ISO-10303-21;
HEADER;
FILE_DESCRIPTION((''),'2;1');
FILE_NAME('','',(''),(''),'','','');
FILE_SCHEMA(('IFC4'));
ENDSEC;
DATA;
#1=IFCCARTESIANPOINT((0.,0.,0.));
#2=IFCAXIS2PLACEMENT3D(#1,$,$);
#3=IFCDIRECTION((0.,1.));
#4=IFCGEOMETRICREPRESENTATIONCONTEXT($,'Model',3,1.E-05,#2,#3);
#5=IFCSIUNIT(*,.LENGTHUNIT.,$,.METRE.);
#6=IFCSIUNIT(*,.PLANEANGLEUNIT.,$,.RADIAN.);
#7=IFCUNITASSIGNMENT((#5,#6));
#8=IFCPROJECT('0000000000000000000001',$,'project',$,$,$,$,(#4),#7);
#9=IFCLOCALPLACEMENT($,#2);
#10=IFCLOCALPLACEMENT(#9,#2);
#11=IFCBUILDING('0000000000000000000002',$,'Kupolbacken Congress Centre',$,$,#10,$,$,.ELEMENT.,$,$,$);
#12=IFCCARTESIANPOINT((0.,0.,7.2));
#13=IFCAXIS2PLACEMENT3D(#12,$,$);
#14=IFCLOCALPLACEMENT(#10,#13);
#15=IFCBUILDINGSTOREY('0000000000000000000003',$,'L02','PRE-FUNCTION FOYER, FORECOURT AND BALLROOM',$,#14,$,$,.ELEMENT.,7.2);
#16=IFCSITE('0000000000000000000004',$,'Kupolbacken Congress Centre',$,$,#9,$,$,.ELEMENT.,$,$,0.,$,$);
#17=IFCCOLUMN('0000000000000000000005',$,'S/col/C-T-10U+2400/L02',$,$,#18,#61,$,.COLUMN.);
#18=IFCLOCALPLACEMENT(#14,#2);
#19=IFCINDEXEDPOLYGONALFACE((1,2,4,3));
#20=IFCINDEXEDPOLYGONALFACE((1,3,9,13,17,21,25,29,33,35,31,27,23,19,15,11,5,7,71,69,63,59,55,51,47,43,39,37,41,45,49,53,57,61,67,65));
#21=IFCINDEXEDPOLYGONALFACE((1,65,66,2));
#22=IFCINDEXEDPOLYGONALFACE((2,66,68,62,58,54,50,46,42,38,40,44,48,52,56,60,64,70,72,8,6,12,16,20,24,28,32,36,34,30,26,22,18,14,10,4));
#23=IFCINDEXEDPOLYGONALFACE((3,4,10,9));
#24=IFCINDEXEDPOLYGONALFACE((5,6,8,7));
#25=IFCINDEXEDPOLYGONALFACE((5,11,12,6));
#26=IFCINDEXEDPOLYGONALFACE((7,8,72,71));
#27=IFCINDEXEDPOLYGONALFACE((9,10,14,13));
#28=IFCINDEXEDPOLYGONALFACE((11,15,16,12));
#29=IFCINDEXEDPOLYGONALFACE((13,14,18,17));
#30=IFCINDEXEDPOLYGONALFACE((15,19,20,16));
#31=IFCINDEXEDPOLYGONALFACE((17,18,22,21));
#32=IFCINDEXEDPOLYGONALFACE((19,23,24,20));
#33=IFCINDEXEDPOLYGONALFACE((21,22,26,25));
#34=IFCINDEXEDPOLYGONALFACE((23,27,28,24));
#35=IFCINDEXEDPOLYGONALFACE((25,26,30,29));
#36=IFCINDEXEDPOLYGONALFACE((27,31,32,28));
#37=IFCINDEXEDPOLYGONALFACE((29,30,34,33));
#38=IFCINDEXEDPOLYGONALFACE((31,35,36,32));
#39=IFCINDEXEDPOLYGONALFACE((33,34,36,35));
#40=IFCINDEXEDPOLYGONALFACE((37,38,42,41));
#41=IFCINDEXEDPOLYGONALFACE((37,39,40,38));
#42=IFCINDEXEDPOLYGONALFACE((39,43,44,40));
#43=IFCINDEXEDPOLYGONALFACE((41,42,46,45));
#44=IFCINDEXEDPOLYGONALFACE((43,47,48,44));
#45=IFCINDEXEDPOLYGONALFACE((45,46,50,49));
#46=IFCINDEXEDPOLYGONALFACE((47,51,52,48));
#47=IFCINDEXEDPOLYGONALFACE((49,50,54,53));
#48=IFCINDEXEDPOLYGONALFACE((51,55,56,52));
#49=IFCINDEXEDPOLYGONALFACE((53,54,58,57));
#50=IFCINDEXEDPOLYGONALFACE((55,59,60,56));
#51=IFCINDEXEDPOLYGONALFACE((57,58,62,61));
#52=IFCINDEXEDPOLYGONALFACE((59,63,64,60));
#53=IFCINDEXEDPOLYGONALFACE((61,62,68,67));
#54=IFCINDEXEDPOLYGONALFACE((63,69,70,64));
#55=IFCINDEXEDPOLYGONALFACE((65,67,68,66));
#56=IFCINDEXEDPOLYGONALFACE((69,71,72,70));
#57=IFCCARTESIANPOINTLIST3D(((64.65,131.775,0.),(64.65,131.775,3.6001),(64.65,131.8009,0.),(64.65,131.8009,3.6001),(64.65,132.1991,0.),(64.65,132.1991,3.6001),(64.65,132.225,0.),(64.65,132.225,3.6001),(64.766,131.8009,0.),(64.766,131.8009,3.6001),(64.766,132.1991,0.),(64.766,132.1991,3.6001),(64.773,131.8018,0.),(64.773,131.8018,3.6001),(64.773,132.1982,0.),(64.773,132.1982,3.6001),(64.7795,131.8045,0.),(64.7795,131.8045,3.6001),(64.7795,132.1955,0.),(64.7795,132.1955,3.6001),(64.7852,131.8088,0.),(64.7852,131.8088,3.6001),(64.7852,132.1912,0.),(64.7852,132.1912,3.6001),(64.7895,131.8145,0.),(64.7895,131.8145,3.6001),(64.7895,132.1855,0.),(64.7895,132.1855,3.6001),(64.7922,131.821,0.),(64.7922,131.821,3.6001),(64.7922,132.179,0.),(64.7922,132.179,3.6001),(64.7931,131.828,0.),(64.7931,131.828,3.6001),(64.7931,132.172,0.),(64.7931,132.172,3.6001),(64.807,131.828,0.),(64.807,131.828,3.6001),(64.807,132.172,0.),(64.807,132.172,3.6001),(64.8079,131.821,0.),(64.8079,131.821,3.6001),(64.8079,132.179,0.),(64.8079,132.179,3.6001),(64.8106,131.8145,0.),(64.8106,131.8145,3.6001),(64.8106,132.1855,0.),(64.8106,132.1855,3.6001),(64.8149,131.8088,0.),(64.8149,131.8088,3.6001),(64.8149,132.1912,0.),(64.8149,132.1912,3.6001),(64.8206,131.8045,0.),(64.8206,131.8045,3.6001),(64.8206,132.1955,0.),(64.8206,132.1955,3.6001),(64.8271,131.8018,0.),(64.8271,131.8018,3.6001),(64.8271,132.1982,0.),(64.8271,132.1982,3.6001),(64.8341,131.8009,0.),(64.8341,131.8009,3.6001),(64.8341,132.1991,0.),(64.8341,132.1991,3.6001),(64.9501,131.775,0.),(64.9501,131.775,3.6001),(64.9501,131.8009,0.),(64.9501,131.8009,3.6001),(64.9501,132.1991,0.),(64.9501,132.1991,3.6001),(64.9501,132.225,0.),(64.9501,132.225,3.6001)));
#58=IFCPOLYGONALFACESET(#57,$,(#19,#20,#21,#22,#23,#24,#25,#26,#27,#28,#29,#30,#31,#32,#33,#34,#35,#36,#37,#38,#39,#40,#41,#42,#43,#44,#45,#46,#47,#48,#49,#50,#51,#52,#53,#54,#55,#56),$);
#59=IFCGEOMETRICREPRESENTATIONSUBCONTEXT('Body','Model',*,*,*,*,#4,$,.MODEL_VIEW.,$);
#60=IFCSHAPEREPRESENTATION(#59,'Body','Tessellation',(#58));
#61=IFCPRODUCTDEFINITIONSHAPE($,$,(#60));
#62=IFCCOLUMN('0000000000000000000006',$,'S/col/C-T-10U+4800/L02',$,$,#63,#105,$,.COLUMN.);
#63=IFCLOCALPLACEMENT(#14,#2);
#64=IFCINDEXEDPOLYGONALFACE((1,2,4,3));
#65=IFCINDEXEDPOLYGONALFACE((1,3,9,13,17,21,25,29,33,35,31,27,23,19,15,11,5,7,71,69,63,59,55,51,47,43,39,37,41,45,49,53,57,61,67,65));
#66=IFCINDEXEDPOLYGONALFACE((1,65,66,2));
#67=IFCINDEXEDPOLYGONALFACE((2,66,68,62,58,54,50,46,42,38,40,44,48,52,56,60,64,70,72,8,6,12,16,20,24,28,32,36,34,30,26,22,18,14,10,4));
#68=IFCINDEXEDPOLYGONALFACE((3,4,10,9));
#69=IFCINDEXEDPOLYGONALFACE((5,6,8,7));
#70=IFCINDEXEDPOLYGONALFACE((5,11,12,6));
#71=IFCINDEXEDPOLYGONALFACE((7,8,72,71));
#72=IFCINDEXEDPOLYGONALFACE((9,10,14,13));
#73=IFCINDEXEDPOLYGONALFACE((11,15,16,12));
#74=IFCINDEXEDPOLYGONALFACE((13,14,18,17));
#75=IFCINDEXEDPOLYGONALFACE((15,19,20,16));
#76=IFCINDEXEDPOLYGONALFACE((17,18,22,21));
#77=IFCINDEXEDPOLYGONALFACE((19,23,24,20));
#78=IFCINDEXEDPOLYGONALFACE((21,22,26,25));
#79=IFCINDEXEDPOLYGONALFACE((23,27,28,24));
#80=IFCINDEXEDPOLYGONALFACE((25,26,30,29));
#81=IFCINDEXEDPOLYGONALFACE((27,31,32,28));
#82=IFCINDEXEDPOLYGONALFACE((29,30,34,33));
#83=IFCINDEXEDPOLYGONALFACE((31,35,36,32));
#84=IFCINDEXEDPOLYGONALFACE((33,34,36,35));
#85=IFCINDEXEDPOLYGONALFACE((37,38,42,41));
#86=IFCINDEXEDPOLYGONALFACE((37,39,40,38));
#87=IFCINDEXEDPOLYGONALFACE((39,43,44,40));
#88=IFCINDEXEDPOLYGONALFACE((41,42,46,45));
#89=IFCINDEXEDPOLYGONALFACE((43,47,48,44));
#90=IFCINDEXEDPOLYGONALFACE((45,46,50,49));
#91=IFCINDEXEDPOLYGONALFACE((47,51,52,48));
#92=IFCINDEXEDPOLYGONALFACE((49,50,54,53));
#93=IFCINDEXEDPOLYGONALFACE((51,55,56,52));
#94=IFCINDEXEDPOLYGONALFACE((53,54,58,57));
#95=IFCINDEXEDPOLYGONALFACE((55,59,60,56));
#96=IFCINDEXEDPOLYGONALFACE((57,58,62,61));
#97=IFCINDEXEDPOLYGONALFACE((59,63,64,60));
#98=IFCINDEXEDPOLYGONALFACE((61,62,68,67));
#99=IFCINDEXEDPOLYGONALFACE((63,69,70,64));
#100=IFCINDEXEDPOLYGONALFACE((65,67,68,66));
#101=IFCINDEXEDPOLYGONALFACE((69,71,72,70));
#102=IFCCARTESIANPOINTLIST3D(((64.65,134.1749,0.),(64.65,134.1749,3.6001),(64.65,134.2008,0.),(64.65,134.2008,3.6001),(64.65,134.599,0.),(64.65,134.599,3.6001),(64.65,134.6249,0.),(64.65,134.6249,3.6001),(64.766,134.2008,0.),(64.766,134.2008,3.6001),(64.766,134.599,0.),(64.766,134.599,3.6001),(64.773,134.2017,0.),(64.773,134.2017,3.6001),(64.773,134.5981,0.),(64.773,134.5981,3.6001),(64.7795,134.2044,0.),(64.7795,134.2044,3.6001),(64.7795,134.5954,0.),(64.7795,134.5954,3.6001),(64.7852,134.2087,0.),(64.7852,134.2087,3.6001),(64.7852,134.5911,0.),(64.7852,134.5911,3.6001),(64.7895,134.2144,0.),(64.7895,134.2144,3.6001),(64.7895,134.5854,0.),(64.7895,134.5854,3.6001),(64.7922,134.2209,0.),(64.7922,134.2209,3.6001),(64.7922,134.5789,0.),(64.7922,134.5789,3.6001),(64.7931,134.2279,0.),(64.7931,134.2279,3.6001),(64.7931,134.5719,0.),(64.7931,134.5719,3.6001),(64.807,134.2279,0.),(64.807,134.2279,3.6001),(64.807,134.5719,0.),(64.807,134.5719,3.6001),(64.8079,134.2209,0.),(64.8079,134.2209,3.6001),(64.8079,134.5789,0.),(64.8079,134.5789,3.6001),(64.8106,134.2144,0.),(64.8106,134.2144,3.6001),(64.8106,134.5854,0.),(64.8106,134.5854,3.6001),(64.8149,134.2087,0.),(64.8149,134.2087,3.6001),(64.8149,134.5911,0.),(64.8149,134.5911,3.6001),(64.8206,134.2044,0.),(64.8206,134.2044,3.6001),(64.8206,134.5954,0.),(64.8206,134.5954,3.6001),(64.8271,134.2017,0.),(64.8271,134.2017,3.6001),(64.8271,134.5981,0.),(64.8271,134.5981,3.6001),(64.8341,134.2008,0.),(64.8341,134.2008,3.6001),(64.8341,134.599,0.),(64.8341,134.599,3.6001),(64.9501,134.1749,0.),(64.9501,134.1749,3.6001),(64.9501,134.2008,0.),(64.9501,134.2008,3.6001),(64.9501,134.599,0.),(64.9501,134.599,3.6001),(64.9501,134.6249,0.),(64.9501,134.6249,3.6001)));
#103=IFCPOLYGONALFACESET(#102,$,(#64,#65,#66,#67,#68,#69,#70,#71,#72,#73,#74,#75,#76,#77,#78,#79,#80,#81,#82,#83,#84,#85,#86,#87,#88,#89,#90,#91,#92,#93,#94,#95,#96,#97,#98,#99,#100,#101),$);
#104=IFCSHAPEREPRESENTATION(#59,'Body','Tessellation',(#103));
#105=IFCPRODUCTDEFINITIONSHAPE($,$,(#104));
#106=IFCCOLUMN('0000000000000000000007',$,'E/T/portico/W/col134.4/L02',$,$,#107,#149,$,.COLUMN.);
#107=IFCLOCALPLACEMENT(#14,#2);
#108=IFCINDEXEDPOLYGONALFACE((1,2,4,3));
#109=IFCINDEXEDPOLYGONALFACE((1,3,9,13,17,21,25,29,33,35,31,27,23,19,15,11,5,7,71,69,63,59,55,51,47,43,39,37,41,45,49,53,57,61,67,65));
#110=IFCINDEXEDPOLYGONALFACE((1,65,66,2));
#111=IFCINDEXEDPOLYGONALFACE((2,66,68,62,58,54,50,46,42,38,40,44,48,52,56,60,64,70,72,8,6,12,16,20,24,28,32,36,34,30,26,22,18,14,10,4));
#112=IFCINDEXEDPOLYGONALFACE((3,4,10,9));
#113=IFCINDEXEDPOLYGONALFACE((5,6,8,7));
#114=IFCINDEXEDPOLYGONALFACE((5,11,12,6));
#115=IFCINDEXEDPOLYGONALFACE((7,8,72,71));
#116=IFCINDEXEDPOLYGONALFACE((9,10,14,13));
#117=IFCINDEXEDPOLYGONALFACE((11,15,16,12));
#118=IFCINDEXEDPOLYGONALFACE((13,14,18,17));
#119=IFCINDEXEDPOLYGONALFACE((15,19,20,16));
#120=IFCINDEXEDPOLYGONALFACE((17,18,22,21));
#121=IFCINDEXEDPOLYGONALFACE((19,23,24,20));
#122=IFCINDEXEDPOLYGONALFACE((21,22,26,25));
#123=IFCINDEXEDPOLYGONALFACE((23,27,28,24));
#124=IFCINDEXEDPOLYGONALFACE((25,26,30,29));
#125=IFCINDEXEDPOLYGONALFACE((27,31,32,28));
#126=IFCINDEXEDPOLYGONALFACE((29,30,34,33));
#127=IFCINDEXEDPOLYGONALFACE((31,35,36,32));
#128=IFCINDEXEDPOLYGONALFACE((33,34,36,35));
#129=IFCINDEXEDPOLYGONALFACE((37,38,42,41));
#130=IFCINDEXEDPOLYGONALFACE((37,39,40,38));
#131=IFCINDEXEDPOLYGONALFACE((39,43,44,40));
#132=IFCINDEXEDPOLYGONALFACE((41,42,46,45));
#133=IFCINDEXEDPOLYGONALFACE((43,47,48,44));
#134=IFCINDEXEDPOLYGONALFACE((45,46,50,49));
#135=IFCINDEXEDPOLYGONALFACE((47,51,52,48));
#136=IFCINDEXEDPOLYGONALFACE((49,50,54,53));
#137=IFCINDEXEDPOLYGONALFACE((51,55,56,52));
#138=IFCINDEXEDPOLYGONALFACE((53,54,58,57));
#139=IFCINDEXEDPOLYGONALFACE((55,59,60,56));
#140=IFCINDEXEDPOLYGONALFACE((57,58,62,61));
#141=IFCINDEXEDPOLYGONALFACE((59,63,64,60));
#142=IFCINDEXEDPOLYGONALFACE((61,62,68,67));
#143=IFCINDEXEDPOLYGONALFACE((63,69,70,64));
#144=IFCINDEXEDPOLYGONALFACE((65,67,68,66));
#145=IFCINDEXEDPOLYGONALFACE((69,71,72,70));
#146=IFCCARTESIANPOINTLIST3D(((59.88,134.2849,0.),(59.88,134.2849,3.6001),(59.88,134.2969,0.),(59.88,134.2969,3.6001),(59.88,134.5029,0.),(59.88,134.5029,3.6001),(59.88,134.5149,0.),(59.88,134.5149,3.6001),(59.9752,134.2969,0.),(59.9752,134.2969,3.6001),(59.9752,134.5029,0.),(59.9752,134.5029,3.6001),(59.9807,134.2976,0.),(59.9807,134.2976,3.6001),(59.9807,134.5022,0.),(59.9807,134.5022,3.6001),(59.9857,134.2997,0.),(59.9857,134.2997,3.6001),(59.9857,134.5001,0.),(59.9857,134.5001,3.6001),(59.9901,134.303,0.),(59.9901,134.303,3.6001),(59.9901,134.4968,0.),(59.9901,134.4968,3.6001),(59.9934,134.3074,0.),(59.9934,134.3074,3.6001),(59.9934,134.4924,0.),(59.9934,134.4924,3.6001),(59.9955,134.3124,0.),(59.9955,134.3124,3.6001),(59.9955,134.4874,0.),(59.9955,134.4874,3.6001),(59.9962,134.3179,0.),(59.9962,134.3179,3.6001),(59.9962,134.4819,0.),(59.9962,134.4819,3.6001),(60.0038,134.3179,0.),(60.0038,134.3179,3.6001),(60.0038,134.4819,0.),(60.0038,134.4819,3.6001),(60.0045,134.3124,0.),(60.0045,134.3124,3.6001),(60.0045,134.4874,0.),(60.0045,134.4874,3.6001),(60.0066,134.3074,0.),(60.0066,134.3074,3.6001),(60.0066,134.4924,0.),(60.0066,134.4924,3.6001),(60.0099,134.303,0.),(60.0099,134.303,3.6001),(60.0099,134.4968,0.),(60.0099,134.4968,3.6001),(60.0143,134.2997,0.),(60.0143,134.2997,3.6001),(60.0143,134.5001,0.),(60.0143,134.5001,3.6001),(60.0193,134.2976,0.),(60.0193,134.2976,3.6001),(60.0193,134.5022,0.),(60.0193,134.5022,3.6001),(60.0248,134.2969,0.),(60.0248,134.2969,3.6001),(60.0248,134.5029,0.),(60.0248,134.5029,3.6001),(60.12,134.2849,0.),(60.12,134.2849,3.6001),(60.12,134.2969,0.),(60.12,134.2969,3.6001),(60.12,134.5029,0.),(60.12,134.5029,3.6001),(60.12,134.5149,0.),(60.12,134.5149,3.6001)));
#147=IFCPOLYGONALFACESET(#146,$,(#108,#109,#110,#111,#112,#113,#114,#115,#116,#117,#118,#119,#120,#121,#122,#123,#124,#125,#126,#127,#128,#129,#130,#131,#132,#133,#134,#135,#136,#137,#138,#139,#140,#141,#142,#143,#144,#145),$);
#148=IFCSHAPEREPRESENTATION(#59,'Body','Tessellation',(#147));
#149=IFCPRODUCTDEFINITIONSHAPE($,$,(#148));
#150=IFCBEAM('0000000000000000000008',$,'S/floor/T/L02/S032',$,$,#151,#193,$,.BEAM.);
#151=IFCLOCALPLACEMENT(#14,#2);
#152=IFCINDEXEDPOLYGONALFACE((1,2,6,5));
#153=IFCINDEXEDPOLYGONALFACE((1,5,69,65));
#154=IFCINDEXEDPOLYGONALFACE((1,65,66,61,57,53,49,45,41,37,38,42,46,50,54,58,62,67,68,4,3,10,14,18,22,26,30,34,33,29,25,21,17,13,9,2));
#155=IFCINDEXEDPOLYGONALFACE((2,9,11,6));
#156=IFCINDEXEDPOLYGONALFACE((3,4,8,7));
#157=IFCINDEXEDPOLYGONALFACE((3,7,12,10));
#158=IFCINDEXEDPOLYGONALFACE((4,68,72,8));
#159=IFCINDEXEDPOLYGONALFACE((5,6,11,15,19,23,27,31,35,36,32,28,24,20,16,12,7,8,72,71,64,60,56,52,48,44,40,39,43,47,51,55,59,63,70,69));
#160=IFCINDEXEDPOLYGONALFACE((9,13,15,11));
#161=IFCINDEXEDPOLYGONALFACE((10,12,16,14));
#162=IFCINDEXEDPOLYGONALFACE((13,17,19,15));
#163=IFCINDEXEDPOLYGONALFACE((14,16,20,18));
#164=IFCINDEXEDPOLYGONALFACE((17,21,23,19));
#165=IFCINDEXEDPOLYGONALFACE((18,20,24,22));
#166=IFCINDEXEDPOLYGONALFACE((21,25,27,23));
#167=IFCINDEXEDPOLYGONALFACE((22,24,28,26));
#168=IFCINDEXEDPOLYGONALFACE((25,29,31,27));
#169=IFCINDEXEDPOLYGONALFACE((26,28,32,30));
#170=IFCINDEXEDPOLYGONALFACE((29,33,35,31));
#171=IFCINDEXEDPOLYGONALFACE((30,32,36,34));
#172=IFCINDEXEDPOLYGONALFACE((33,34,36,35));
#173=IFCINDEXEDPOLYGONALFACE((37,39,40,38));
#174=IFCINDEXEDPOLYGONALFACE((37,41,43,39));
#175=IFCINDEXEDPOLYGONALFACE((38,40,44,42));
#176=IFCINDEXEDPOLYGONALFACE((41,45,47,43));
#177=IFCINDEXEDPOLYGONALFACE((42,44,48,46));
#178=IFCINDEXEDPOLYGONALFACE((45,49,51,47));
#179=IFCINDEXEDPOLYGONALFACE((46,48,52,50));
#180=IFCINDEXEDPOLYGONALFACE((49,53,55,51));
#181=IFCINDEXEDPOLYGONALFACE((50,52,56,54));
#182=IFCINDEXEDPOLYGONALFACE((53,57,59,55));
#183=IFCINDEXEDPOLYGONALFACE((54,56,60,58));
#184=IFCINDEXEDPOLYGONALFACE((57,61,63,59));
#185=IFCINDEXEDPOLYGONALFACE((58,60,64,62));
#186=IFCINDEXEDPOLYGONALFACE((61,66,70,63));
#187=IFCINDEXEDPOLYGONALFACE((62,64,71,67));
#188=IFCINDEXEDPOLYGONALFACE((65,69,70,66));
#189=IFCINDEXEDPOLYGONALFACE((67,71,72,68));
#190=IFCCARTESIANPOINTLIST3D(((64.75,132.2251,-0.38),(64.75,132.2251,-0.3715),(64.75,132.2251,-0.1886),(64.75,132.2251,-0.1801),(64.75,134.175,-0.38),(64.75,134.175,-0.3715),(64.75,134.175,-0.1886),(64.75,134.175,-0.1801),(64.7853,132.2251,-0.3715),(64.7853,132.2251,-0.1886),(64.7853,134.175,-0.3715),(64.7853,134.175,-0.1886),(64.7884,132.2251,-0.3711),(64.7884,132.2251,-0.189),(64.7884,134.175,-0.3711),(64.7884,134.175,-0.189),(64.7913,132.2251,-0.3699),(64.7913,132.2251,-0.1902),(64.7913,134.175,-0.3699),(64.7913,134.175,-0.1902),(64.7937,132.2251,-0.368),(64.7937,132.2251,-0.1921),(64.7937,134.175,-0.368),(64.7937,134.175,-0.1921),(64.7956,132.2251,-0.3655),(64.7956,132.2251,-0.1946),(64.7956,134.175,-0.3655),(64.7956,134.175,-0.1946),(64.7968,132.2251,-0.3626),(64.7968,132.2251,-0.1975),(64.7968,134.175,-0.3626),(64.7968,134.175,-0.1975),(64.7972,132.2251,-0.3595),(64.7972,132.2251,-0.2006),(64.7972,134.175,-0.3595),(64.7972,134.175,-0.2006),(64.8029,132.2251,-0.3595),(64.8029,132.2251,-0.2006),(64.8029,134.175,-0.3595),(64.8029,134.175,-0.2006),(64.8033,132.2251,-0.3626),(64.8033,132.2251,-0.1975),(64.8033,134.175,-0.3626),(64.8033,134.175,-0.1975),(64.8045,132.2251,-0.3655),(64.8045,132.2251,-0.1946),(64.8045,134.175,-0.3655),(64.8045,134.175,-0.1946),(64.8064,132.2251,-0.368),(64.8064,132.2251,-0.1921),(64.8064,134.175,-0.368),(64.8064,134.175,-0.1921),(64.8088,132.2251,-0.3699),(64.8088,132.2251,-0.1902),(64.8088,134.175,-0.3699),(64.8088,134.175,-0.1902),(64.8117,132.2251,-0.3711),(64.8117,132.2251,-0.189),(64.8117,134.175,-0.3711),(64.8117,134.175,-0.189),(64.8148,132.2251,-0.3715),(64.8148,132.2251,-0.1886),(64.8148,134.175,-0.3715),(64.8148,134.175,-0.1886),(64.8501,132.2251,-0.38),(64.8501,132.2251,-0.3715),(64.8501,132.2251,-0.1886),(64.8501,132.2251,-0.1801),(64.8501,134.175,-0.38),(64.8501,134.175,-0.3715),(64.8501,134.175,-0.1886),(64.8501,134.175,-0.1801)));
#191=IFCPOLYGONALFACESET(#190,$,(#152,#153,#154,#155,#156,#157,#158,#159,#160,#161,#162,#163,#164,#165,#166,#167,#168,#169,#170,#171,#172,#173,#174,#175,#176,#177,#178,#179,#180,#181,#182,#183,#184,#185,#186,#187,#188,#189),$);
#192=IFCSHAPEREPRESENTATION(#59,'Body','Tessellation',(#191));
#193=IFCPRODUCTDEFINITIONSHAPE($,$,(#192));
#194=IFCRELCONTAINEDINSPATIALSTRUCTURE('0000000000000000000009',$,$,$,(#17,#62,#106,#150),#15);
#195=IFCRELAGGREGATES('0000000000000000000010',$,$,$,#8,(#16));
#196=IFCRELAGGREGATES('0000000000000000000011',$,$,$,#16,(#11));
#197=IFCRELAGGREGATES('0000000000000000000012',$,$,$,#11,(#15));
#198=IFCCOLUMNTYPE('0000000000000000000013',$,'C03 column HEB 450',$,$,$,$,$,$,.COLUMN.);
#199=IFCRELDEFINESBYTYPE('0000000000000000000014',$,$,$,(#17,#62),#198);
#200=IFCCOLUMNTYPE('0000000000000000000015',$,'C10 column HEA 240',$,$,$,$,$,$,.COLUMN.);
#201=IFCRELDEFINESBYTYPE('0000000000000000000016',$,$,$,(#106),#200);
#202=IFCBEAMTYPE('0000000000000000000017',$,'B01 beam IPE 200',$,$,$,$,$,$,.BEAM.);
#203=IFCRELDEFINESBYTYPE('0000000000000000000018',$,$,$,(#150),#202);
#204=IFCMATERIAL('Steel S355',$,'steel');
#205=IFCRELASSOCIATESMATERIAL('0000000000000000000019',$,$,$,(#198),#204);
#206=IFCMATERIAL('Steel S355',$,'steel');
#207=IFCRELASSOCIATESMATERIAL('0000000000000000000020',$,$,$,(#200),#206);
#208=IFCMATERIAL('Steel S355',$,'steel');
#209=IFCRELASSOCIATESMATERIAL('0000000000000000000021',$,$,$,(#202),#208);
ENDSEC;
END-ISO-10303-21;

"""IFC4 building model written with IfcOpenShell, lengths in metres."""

from ifc_helpers import new_model, si_unit, direction, frame, origin, origin_2d, place, context, subcontext, project, spatial, i_section, extrude, material, material_profile, profile_set, type_object, element, save


model = new_model("IFC4")

# Units and contexts
model_context = context("Model", 3, precision=1e-05, world=origin(), true_north=direction((0.0, 1.0)))
body_context = subcontext(model_context, "Body", "Model", "MODEL_VIEW")
ifc_project = project(units=[si_unit("LENGTHUNIT", "METRE"), si_unit("PLANEANGLEUNIT", "RADIAN")], contexts=[model_context])

# Site, building, storey
site_placement = place(None, origin())
site = spatial("IfcSite", under=ifc_project, at=site_placement, Name="Kupolbacken Congress Centre", CompositionType="ELEMENT", RefElevation=0.0)
building_placement = place(site_placement, origin())
building = spatial("IfcBuilding", under=site, at=building_placement, Name="Kupolbacken Congress Centre", CompositionType="ELEMENT")
storey_placement = place(building_placement, frame((0.0, 0.0, 7.2)))
storey = spatial("IfcBuildingStorey", under=building, at=storey_placement, Name="L02", Description="PRE-FUNCTION FOYER, FORECOURT AND BALLROOM", CompositionType="ELEMENT", Elevation=7.2)

# Columns
ifc_material_1 = material(Name="Steel S355", Category="steel")
ifc_material_profile_1 = material_profile(ifc_material_1, i_section(OverallWidth=0.3, OverallDepth=0.45, WebThickness=0.0139, FlangeThickness=0.0259, FilletRadius=0.0271, at=origin_2d()), Name="HEB 450")
ifc_profile_set_1 = profile_set([ifc_material_profile_1], Name="Steel S355")
column_type_1 = type_object("IfcColumnType", Name="C03 column HEB 450", PredefinedType="COLUMN", material=ifc_profile_set_1)
for number, where, z_axis, x_axis, name in (
    (1, (64.8, 132.0, 0.0), (0.0, 0.0, 1.0), (1.0, 0.0, 0.0), "S/col/C-T-10U+2400/L02"),
    (2, (64.8, 134.3999, 0.0), (0.0, 0.0, 1.0), (1.0, 0.0, 0.0), "S/col/C-T-10U+4800/L02"),
):
    element("IfcColumn", number, at=place(storey_placement, frame(where, z_axis=z_axis, x_axis=x_axis)), inside=storey, type_object=column_type_1, Name=name, PredefinedType="COLUMN", context=body_context, shape_type="SweptSolid", body=[
        extrude(i_section(OverallWidth=0.3, OverallDepth=0.45, WebThickness=0.0139, FlangeThickness=0.0259, FilletRadius=0.0271, at=origin_2d()), origin(), (0.0, 0.0, 1.0), 3.6001),
    ])
ifc_material_2 = material(Name="Steel S355", Category="steel")
ifc_material_profile_2 = material_profile(ifc_material_2, i_section(OverallWidth=0.24, OverallDepth=0.23, WebThickness=0.0076, FlangeThickness=0.012, FilletRadius=0.021, at=origin_2d()), Name="HEA 240")
ifc_profile_set_2 = profile_set([ifc_material_profile_2], Name="Steel S355")
column_type_2 = type_object("IfcColumnType", Name="C10 column HEA 240", PredefinedType="COLUMN", material=ifc_profile_set_2)
column_placement = place(storey_placement, frame((60.0, 134.3999, 0.0), z_axis=(0.0, 0.0, 1.0), x_axis=(1.0, 0.0, 0.0)))
element("IfcColumn", 3, at=column_placement, inside=storey, type_object=column_type_2, Name="E/T/portico/W/col134.4/L02", PredefinedType="COLUMN", context=body_context, shape_type="SweptSolid", body=[
    extrude(i_section(OverallWidth=0.24, OverallDepth=0.23, WebThickness=0.0076, FlangeThickness=0.012, FilletRadius=0.021, at=origin_2d()), origin(), (0.0, 0.0, 1.0), 3.6001),
])

# Beam
ifc_material_3 = material(Name="Steel S355", Category="steel")
ifc_material_profile_3 = material_profile(ifc_material_3, i_section(OverallWidth=0.1001, OverallDepth=0.2, WebThickness=0.0056, FlangeThickness=0.0085, FilletRadius=0.012, at=origin_2d()), Name="IPE 200")
ifc_profile_set_3 = profile_set([ifc_material_profile_3], Name="Steel S355")
beam_type_1 = type_object("IfcBeamType", Name="B01 beam IPE 200", PredefinedType="BEAM", material=ifc_profile_set_3)
beam_1_placement = place(storey_placement, frame((64.8, 132.2251, -0.28), z_axis=(0.0, 1.0, 0.0), x_axis=(-1.0, 0.0, 0.0)))
element("IfcBeam", 4, at=beam_1_placement, inside=storey, type_object=beam_type_1, Name="S/floor/T/L02/S032", PredefinedType="BEAM", context=body_context, shape_type="SweptSolid", body=[
    extrude(i_section(OverallWidth=0.1001, OverallDepth=0.2, WebThickness=0.0056, FlangeThickness=0.0085, FilletRadius=0.012, at=origin_2d()), origin(), (0.0, 0.0, 1.0), 1.95),
])

save(model, "model.ifc")
